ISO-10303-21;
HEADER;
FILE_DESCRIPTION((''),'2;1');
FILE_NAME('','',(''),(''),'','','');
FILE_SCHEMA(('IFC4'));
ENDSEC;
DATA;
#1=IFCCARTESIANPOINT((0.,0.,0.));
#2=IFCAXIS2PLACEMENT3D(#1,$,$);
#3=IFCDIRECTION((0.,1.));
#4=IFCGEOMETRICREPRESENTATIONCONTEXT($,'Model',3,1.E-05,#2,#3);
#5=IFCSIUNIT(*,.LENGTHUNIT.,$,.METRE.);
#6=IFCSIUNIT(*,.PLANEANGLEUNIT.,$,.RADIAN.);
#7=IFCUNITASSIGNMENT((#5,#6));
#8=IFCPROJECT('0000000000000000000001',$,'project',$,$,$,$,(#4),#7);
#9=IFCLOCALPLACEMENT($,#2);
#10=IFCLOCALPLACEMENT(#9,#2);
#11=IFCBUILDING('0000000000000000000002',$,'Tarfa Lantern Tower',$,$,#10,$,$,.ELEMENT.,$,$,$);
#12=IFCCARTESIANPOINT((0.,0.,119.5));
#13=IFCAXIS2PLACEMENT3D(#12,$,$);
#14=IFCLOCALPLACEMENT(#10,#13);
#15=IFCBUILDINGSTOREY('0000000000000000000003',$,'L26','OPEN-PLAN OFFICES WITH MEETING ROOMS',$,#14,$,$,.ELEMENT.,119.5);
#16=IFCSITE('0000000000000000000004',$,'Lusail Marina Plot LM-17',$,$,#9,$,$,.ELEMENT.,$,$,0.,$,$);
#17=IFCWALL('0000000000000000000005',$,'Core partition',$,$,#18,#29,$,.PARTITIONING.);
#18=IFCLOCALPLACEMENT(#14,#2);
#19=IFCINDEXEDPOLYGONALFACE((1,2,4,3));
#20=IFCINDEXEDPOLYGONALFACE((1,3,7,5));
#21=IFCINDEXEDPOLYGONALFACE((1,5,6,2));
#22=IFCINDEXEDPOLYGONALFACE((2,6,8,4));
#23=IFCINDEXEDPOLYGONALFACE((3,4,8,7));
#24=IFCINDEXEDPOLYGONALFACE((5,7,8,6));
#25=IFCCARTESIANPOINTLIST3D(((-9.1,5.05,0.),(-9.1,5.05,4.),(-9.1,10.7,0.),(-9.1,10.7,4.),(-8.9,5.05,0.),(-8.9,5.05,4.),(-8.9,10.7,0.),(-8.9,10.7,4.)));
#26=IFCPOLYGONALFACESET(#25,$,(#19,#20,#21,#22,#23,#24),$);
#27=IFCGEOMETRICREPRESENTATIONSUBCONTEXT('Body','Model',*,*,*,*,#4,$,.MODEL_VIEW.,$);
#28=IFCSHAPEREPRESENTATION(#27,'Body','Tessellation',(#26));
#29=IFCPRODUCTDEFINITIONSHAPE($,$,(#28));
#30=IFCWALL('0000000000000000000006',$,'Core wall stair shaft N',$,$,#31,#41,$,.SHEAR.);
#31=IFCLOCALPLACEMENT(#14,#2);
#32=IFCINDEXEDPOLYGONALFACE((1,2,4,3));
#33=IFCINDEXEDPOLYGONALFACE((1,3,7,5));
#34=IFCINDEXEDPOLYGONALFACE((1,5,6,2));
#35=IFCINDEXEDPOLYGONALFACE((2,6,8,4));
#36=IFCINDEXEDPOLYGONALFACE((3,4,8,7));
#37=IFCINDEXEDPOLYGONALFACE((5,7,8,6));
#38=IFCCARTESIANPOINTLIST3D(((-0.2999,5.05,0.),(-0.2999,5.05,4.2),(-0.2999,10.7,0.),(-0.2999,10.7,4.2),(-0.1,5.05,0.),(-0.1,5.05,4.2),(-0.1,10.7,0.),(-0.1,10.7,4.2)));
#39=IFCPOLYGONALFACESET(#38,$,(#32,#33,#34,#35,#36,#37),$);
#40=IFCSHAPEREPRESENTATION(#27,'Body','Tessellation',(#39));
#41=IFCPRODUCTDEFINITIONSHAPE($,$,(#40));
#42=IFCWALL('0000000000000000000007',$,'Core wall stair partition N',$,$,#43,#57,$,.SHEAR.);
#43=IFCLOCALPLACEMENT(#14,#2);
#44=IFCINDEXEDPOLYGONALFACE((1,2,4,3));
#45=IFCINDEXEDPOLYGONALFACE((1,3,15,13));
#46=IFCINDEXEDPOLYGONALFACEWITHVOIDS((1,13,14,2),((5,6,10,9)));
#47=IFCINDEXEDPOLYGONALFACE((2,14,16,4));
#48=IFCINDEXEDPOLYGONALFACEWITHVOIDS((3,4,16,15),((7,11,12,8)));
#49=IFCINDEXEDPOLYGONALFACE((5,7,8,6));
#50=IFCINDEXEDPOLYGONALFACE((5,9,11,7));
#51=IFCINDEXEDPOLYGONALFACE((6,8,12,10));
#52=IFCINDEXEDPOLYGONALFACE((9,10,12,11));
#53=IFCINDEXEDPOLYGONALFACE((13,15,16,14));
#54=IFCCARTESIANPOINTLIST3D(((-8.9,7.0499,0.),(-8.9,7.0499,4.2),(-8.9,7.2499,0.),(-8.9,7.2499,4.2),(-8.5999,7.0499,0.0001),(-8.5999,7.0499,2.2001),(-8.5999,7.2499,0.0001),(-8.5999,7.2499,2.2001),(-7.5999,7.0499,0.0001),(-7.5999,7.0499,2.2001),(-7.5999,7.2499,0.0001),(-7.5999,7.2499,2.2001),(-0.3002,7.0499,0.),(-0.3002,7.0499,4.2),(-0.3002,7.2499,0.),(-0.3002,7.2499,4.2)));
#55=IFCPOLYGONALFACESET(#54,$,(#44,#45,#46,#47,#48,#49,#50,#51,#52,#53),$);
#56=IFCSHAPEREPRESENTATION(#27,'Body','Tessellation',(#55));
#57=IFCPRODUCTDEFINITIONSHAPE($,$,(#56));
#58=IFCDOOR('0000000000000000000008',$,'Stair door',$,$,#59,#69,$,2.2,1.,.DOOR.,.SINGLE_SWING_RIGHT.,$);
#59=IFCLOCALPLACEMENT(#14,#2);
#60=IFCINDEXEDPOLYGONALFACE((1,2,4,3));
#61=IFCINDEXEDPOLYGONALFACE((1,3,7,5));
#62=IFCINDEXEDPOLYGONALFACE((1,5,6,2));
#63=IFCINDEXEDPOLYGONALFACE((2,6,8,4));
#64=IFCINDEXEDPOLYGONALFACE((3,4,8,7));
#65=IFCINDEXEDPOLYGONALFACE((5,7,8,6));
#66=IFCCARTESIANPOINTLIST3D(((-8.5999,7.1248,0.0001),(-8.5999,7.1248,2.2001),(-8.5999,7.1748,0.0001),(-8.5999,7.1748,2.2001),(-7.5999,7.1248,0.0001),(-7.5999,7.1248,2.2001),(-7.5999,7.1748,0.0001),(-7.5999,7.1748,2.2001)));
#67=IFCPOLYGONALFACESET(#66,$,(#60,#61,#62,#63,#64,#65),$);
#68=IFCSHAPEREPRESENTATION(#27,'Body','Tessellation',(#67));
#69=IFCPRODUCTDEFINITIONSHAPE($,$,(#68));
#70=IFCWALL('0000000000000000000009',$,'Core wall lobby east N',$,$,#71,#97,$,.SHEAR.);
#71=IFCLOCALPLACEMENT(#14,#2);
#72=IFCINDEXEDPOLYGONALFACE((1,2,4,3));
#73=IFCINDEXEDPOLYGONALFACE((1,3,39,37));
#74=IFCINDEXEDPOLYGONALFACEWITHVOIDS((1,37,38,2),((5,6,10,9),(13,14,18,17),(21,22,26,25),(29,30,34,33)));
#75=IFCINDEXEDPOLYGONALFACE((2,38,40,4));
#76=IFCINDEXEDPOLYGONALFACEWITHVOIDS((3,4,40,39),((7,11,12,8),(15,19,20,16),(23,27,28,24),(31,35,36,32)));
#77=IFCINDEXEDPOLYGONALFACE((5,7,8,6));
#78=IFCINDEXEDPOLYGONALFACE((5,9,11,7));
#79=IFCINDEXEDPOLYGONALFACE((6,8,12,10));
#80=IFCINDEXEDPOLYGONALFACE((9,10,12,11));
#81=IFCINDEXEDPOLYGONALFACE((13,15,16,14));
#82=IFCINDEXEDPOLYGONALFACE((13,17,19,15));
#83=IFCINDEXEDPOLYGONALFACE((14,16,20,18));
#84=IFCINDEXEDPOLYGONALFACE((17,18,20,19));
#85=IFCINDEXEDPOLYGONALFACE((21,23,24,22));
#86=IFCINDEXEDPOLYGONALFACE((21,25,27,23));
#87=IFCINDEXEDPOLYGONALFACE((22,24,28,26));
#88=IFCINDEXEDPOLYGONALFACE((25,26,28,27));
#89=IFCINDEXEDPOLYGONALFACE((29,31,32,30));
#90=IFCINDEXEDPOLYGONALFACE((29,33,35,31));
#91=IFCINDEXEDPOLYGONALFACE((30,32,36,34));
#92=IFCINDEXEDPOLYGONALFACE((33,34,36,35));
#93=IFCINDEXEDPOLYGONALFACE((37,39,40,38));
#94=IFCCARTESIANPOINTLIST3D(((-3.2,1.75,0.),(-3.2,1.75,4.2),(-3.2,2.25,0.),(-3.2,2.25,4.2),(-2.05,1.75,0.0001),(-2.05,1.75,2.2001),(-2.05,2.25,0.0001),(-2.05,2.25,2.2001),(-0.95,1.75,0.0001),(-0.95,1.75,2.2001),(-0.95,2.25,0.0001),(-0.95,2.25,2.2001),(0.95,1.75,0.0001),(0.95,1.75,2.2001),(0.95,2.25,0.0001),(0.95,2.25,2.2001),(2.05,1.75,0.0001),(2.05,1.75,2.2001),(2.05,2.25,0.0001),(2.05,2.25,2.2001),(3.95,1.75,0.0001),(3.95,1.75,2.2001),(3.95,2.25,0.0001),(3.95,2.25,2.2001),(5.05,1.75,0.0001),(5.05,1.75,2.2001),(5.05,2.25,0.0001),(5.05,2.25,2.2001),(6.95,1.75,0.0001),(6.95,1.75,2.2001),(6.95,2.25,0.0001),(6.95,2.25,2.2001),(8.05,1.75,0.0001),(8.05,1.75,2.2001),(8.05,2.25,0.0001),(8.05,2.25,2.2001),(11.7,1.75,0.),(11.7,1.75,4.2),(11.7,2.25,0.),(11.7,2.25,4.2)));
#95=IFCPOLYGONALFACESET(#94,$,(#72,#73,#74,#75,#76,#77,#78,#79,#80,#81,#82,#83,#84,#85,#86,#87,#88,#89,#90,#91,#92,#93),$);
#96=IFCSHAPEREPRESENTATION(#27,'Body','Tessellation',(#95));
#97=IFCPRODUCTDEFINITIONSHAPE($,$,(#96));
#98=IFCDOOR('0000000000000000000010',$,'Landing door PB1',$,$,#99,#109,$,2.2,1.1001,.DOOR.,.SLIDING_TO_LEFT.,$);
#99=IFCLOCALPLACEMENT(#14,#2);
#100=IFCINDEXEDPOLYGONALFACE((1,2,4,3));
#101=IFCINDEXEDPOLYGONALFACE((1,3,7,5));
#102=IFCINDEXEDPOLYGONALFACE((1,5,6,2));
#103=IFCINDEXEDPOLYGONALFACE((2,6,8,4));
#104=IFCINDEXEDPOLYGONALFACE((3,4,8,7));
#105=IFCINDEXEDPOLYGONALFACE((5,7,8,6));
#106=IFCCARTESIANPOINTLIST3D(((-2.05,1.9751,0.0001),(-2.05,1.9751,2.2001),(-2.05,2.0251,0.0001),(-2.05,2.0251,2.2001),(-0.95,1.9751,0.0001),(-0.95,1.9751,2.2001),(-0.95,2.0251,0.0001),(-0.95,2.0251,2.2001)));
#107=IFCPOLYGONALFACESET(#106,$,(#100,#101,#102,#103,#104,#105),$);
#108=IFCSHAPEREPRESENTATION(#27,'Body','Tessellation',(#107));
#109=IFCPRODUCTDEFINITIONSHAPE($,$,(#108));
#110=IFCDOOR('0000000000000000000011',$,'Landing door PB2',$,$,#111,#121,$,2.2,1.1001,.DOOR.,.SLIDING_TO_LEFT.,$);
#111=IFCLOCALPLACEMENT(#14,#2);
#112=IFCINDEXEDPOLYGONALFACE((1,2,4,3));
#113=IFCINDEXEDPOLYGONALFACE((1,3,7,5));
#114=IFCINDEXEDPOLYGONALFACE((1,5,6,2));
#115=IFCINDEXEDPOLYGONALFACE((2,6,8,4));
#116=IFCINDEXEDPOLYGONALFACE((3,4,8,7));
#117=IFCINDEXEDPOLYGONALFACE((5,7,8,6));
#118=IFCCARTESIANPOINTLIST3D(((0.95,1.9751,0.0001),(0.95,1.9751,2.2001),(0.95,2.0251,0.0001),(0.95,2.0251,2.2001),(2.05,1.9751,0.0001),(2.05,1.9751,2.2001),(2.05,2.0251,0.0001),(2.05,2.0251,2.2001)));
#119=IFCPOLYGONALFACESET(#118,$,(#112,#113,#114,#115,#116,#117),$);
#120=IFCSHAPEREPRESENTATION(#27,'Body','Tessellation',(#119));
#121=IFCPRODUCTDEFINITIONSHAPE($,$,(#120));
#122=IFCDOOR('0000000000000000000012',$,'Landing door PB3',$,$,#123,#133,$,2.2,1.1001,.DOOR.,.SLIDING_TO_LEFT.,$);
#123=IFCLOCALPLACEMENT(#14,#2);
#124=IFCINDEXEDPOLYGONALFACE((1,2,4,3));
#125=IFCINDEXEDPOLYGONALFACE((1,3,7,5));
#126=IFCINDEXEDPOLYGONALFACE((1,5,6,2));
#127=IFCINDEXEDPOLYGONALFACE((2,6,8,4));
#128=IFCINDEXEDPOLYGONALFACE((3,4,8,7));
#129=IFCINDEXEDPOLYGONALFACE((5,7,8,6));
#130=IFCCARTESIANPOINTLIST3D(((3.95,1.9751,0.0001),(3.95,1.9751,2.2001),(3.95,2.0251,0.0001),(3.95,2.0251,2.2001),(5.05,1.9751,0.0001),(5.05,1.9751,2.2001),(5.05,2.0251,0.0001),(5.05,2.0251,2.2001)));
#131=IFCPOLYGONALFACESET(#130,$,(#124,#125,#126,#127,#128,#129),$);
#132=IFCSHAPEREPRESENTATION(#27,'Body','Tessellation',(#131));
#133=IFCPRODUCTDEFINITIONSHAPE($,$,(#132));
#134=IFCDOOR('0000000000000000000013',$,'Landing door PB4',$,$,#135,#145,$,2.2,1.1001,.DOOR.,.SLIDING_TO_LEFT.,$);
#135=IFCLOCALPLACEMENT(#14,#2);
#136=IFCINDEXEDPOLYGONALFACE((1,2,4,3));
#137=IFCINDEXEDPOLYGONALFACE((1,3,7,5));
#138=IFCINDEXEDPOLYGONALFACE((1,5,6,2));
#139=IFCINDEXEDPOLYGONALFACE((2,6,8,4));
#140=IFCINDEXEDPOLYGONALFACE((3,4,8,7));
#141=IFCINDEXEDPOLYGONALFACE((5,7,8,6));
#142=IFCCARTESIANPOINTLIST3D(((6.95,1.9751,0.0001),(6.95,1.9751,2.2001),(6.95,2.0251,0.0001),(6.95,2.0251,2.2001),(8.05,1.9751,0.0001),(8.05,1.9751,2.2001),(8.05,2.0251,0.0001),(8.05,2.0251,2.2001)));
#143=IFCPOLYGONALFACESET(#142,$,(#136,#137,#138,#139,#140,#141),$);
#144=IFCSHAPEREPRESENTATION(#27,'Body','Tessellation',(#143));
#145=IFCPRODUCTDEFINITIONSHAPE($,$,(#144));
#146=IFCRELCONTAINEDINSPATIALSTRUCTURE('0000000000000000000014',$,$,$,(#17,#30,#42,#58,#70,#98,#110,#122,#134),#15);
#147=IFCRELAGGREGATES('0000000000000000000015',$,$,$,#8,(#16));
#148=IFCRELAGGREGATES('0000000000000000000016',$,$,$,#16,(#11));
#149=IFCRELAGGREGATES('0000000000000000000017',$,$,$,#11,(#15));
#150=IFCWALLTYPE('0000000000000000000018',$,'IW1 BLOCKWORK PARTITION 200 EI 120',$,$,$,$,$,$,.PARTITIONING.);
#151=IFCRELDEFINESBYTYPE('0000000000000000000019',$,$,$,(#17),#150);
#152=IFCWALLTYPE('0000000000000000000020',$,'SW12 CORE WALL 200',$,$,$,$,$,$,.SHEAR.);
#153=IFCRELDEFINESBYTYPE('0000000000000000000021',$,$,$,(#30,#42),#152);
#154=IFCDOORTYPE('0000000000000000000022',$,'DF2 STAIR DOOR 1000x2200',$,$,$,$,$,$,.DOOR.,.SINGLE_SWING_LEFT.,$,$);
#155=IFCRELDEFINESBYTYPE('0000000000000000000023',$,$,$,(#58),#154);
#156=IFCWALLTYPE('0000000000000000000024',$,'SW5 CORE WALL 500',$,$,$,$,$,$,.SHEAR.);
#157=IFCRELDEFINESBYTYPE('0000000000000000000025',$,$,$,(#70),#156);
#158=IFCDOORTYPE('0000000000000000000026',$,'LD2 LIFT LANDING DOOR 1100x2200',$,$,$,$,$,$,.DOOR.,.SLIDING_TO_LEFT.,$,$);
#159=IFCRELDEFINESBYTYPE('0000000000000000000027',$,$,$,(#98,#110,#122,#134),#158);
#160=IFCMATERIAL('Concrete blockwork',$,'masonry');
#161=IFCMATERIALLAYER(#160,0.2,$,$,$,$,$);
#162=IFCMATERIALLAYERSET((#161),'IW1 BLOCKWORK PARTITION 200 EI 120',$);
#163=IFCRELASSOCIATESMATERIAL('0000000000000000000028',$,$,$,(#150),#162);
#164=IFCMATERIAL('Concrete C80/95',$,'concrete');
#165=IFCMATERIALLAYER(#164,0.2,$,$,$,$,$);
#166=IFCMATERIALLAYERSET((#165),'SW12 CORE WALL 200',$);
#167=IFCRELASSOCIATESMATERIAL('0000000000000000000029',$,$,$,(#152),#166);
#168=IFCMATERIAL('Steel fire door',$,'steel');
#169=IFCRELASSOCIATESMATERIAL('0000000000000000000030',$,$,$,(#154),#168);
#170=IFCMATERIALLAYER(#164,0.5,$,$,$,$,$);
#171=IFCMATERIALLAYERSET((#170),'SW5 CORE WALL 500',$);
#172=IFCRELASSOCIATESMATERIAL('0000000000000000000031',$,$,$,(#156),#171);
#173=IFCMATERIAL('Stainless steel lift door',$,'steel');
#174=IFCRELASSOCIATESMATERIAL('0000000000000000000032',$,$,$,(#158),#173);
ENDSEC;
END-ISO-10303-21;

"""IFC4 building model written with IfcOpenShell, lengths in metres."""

from ifc_helpers import new_model, si_unit, direction, frame, frame_2d, origin, place, context, subcontext, project, spatial, rectangle, extrude, material, layer, layer_set, type_object, element, fill, save


model = new_model("IFC4")

# Units and contexts
model_context = context("Model", 3, precision=1e-05, world=origin(), true_north=direction((0.0, 1.0)))
body_context = subcontext(model_context, "Body", "Model", "MODEL_VIEW")
ifc_project = project(units=[si_unit("LENGTHUNIT", "METRE"), si_unit("PLANEANGLEUNIT", "RADIAN")], contexts=[model_context])

# Site, building, storey
site_placement = place(None, origin())
site = spatial("IfcSite", under=ifc_project, at=site_placement, Name="Lusail Marina Plot LM-17", CompositionType="ELEMENT", RefElevation=0.0)
building_placement = place(site_placement, origin())
building = spatial("IfcBuilding", under=site, at=building_placement, Name="Tarfa Lantern Tower", CompositionType="ELEMENT")
storey_placement = place(building_placement, frame((0.0, 0.0, 119.5)))
storey = spatial("IfcBuildingStorey", under=building, at=storey_placement, Name="L26", Description="OPEN-PLAN OFFICES WITH MEETING ROOMS", CompositionType="ELEMENT", Elevation=119.5)

# Walls
ifc_material_1 = material(Name="Concrete blockwork", Category="masonry")
ifc_layer_1 = layer(ifc_material_1, 0.2)
ifc_layer_set_1 = layer_set([ifc_layer_1], Name="IW1 BLOCKWORK PARTITION 200 EI 120")
wall_type_1 = type_object("IfcWallType", Name="IW1 BLOCKWORK PARTITION 200 EI 120", PredefinedType="PARTITIONING", material=ifc_layer_set_1)
wall_1_placement = place(storey_placement, frame((-9.0, 5.05, 0.0), z_axis=(0.0, 0.0, 1.0), x_axis=(0.0, 1.0, 0.0)))
element("IfcWall", 1, at=wall_1_placement, inside=storey, type_object=wall_type_1, Name="Core partition", PredefinedType="PARTITIONING", context=body_context, shape_type="SweptSolid", body=[
    extrude(rectangle(XDim=5.6499, YDim=0.2, at=frame_2d((2.825, 0.0))), origin(), (0.0, 0.0, 1.0), 4.0),
])
ifc_material_2 = material(Name="Concrete C80/95", Category="concrete")
ifc_layer_2 = layer(ifc_material_2, 0.2)
ifc_layer_set_2 = layer_set([ifc_layer_2], Name="SW12 CORE WALL 200")
wall_type_2 = type_object("IfcWallType", Name="SW12 CORE WALL 200", PredefinedType="SHEAR", material=ifc_layer_set_2)
wall_2_placement = place(storey_placement, frame((-0.2, 5.05, 0.0), z_axis=(0.0, 0.0, 1.0), x_axis=(0.0, 1.0, 0.0)))
element("IfcWall", 2, at=wall_2_placement, inside=storey, type_object=wall_type_2, Name="Core wall stair shaft N", PredefinedType="SHEAR", context=body_context, shape_type="SweptSolid", body=[
    extrude(rectangle(XDim=5.6499, YDim=0.2, at=frame_2d((2.825, 0.0))), origin(), (0.0, 0.0, 1.0), 4.2),
])

# Wall, opening, door
wall_3_placement = place(storey_placement, frame((-8.8999, 7.1499, 0.0), z_axis=(0.0, 0.0, 1.0), x_axis=(1.0, 0.0, 0.0)))
wall_3 = element("IfcWall", 3, at=wall_3_placement, inside=storey, type_object=wall_type_2, Name="Core wall stair partition N", PredefinedType="SHEAR", context=body_context, shape_type="SweptSolid", body=[
    extrude(rectangle(XDim=8.5999, YDim=0.2, at=frame_2d((4.2998, 0.0))), origin(), (0.0, 0.0, 1.0), 4.2),
])
opening_1_placement = place(wall_3_placement, frame((0.3, 0.0, 0.0)))
opening_1 = element("IfcOpeningElement", 4, at=opening_1_placement, cuts=wall_3, PredefinedType="OPENING", context=body_context, shape_type="SweptSolid", body=[
    extrude(rectangle(XDim=1.0, YDim=2.2, at=frame_2d((0.5, 1.1001))), frame((0.0, 0.1099, 0.0), z_axis=(0.0, -1.0, 0.0), x_axis=(1.0, 0.0, 0.0)), (0.0, 0.0, 1.0), 0.22),
])
ifc_material_3 = material(Name="Steel fire door", Category="steel")
door_type_1 = type_object("IfcDoorType", Name="DF2 STAIR DOOR 1000x2200", OperationType="SINGLE_SWING_LEFT", PredefinedType="DOOR", material=ifc_material_3)
door_1_placement = place(opening_1_placement, origin())
door_1 = element("IfcDoor", 5, at=door_1_placement, inside=storey, type_object=door_type_1, Name="Stair door", OperationType="SINGLE_SWING_RIGHT", OverallHeight=2.2, OverallWidth=1.0, PredefinedType="DOOR", context=body_context, shape_type="SweptSolid", body=[
    extrude(rectangle(XDim=1.0, YDim=2.2, at=frame_2d((0.5, 1.1001))), frame((0.0, 0.0249, 0.0), z_axis=(0.0, -1.0, 0.0), x_axis=(1.0, 0.0, 0.0)), (0.0, 0.0, 1.0), 0.05),
])
fill(opening_1, door_1)

# Wall, openings, doors
ifc_layer_3 = layer(ifc_material_2, 0.5)
ifc_layer_set_3 = layer_set([ifc_layer_3], Name="SW5 CORE WALL 500")
wall_type_3 = type_object("IfcWallType", Name="SW5 CORE WALL 500", PredefinedType="SHEAR", material=ifc_layer_set_3)
wall_4_placement = place(storey_placement, frame((-3.2, 2.0, 0.0), z_axis=(0.0, 0.0, 1.0), x_axis=(1.0, 0.0, 0.0)))
wall_4 = element("IfcWall", 6, at=wall_4_placement, inside=storey, type_object=wall_type_3, Name="Core wall lobby east N", PredefinedType="SHEAR", context=body_context, shape_type="SweptSolid", body=[
    extrude(rectangle(XDim=14.8999, YDim=0.5, at=frame_2d((7.45, 0.0))), origin(), (0.0, 0.0, 1.0), 4.2),
])
opening_2_placement = place(wall_4_placement, frame((1.1499, 0.0, 0.0)))
opening_2 = element("IfcOpeningElement", 7, at=opening_2_placement, cuts=wall_4, PredefinedType="OPENING", context=body_context, shape_type="SweptSolid", body=[
    extrude(rectangle(XDim=1.1001, YDim=2.2, at=frame_2d((0.55, 1.1001))), frame((0.0, 0.26, 0.0), z_axis=(0.0, -1.0, 0.0), x_axis=(1.0, 0.0, 0.0)), (0.0, 0.0, 1.0), 0.52),
])
opening_3_placement = place(wall_4_placement, frame((4.1499, 0.0, 0.0)))
opening_3 = element("IfcOpeningElement", 8, at=opening_3_placement, cuts=wall_4, PredefinedType="OPENING", context=body_context, shape_type="SweptSolid", body=[
    extrude(rectangle(XDim=1.1001, YDim=2.2, at=frame_2d((0.55, 1.1001))), frame((0.0, 0.26, 0.0), z_axis=(0.0, -1.0, 0.0), x_axis=(1.0, 0.0, 0.0)), (0.0, 0.0, 1.0), 0.52),
])
opening_4_placement = place(wall_4_placement, frame((7.1499, 0.0, 0.0)))
opening_4 = element("IfcOpeningElement", 9, at=opening_4_placement, cuts=wall_4, PredefinedType="OPENING", context=body_context, shape_type="SweptSolid", body=[
    extrude(rectangle(XDim=1.1001, YDim=2.2, at=frame_2d((0.55, 1.1001))), frame((0.0, 0.26, 0.0), z_axis=(0.0, -1.0, 0.0), x_axis=(1.0, 0.0, 0.0)), (0.0, 0.0, 1.0), 0.52),
])
opening_5_placement = place(wall_4_placement, frame((10.1499, 0.0, 0.0)))
opening_5 = element("IfcOpeningElement", 10, at=opening_5_placement, cuts=wall_4, PredefinedType="OPENING", context=body_context, shape_type="SweptSolid", body=[
    extrude(rectangle(XDim=1.1001, YDim=2.2, at=frame_2d((0.55, 1.1001))), frame((0.0, 0.26, 0.0), z_axis=(0.0, -1.0, 0.0), x_axis=(1.0, 0.0, 0.0)), (0.0, 0.0, 1.0), 0.52),
])
ifc_material_4 = material(Name="Stainless steel lift door", Category="steel")
door_type_2 = type_object("IfcDoorType", Name="LD2 LIFT LANDING DOOR 1100x2200", OperationType="SLIDING_TO_LEFT", PredefinedType="DOOR", material=ifc_material_4)
door_2_placement = place(opening_2_placement, frame((1.1001, 0.0, 0.0), z_axis=(0.0, 0.0, 1.0), x_axis=(-1.0, 0.0, 0.0)))
door_2 = element("IfcDoor", 11, at=door_2_placement, inside=storey, type_object=door_type_2, Name="Landing door PB1", OperationType="SLIDING_TO_LEFT", OverallHeight=2.2, OverallWidth=1.1001, PredefinedType="DOOR", context=body_context, shape_type="SweptSolid", body=[
    extrude(rectangle(XDim=1.1001, YDim=2.2, at=frame_2d((0.55, 1.1001))), frame((0.0, 0.0249, 0.0), z_axis=(0.0, -1.0, 0.0), x_axis=(1.0, 0.0, 0.0)), (0.0, 0.0, 1.0), 0.05),
])
fill(opening_2, door_2)
door_3_placement = place(opening_3_placement, frame((1.1001, 0.0, 0.0), z_axis=(0.0, 0.0, 1.0), x_axis=(-1.0, 0.0, 0.0)))
door_3 = element("IfcDoor", 12, at=door_3_placement, inside=storey, type_object=door_type_2, Name="Landing door PB2", OperationType="SLIDING_TO_LEFT", OverallHeight=2.2, OverallWidth=1.1001, PredefinedType="DOOR", context=body_context, shape_type="SweptSolid", body=[
    extrude(rectangle(XDim=1.1001, YDim=2.2, at=frame_2d((0.55, 1.1001))), frame((0.0, 0.0249, 0.0), z_axis=(0.0, -1.0, 0.0), x_axis=(1.0, 0.0, 0.0)), (0.0, 0.0, 1.0), 0.05),
])
fill(opening_3, door_3)
door_4_placement = place(opening_4_placement, frame((1.1001, 0.0, 0.0), z_axis=(0.0, 0.0, 1.0), x_axis=(-1.0, 0.0, 0.0)))
door_4 = element("IfcDoor", 13, at=door_4_placement, inside=storey, type_object=door_type_2, Name="Landing door PB3", OperationType="SLIDING_TO_LEFT", OverallHeight=2.2, OverallWidth=1.1001, PredefinedType="DOOR", context=body_context, shape_type="SweptSolid", body=[
    extrude(rectangle(XDim=1.1001, YDim=2.2, at=frame_2d((0.55, 1.1001))), frame((0.0, 0.0249, 0.0), z_axis=(0.0, -1.0, 0.0), x_axis=(1.0, 0.0, 0.0)), (0.0, 0.0, 1.0), 0.05),
])
fill(opening_4, door_4)
door_5_placement = place(opening_5_placement, frame((1.1001, 0.0, 0.0), z_axis=(0.0, 0.0, 1.0), x_axis=(-1.0, 0.0, 0.0)))
door_5 = element("IfcDoor", 14, at=door_5_placement, inside=storey, type_object=door_type_2, Name="Landing door PB4", OperationType="SLIDING_TO_LEFT", OverallHeight=2.2, OverallWidth=1.1001, PredefinedType="DOOR", context=body_context, shape_type="SweptSolid", body=[
    extrude(rectangle(XDim=1.1001, YDim=2.2, at=frame_2d((0.55, 1.1001))), frame((0.0, 0.0249, 0.0), z_axis=(0.0, -1.0, 0.0), x_axis=(1.0, 0.0, 0.0)), (0.0, 0.0, 1.0), 0.05),
])
fill(opening_5, door_5)

save(model, "model.ifc")
